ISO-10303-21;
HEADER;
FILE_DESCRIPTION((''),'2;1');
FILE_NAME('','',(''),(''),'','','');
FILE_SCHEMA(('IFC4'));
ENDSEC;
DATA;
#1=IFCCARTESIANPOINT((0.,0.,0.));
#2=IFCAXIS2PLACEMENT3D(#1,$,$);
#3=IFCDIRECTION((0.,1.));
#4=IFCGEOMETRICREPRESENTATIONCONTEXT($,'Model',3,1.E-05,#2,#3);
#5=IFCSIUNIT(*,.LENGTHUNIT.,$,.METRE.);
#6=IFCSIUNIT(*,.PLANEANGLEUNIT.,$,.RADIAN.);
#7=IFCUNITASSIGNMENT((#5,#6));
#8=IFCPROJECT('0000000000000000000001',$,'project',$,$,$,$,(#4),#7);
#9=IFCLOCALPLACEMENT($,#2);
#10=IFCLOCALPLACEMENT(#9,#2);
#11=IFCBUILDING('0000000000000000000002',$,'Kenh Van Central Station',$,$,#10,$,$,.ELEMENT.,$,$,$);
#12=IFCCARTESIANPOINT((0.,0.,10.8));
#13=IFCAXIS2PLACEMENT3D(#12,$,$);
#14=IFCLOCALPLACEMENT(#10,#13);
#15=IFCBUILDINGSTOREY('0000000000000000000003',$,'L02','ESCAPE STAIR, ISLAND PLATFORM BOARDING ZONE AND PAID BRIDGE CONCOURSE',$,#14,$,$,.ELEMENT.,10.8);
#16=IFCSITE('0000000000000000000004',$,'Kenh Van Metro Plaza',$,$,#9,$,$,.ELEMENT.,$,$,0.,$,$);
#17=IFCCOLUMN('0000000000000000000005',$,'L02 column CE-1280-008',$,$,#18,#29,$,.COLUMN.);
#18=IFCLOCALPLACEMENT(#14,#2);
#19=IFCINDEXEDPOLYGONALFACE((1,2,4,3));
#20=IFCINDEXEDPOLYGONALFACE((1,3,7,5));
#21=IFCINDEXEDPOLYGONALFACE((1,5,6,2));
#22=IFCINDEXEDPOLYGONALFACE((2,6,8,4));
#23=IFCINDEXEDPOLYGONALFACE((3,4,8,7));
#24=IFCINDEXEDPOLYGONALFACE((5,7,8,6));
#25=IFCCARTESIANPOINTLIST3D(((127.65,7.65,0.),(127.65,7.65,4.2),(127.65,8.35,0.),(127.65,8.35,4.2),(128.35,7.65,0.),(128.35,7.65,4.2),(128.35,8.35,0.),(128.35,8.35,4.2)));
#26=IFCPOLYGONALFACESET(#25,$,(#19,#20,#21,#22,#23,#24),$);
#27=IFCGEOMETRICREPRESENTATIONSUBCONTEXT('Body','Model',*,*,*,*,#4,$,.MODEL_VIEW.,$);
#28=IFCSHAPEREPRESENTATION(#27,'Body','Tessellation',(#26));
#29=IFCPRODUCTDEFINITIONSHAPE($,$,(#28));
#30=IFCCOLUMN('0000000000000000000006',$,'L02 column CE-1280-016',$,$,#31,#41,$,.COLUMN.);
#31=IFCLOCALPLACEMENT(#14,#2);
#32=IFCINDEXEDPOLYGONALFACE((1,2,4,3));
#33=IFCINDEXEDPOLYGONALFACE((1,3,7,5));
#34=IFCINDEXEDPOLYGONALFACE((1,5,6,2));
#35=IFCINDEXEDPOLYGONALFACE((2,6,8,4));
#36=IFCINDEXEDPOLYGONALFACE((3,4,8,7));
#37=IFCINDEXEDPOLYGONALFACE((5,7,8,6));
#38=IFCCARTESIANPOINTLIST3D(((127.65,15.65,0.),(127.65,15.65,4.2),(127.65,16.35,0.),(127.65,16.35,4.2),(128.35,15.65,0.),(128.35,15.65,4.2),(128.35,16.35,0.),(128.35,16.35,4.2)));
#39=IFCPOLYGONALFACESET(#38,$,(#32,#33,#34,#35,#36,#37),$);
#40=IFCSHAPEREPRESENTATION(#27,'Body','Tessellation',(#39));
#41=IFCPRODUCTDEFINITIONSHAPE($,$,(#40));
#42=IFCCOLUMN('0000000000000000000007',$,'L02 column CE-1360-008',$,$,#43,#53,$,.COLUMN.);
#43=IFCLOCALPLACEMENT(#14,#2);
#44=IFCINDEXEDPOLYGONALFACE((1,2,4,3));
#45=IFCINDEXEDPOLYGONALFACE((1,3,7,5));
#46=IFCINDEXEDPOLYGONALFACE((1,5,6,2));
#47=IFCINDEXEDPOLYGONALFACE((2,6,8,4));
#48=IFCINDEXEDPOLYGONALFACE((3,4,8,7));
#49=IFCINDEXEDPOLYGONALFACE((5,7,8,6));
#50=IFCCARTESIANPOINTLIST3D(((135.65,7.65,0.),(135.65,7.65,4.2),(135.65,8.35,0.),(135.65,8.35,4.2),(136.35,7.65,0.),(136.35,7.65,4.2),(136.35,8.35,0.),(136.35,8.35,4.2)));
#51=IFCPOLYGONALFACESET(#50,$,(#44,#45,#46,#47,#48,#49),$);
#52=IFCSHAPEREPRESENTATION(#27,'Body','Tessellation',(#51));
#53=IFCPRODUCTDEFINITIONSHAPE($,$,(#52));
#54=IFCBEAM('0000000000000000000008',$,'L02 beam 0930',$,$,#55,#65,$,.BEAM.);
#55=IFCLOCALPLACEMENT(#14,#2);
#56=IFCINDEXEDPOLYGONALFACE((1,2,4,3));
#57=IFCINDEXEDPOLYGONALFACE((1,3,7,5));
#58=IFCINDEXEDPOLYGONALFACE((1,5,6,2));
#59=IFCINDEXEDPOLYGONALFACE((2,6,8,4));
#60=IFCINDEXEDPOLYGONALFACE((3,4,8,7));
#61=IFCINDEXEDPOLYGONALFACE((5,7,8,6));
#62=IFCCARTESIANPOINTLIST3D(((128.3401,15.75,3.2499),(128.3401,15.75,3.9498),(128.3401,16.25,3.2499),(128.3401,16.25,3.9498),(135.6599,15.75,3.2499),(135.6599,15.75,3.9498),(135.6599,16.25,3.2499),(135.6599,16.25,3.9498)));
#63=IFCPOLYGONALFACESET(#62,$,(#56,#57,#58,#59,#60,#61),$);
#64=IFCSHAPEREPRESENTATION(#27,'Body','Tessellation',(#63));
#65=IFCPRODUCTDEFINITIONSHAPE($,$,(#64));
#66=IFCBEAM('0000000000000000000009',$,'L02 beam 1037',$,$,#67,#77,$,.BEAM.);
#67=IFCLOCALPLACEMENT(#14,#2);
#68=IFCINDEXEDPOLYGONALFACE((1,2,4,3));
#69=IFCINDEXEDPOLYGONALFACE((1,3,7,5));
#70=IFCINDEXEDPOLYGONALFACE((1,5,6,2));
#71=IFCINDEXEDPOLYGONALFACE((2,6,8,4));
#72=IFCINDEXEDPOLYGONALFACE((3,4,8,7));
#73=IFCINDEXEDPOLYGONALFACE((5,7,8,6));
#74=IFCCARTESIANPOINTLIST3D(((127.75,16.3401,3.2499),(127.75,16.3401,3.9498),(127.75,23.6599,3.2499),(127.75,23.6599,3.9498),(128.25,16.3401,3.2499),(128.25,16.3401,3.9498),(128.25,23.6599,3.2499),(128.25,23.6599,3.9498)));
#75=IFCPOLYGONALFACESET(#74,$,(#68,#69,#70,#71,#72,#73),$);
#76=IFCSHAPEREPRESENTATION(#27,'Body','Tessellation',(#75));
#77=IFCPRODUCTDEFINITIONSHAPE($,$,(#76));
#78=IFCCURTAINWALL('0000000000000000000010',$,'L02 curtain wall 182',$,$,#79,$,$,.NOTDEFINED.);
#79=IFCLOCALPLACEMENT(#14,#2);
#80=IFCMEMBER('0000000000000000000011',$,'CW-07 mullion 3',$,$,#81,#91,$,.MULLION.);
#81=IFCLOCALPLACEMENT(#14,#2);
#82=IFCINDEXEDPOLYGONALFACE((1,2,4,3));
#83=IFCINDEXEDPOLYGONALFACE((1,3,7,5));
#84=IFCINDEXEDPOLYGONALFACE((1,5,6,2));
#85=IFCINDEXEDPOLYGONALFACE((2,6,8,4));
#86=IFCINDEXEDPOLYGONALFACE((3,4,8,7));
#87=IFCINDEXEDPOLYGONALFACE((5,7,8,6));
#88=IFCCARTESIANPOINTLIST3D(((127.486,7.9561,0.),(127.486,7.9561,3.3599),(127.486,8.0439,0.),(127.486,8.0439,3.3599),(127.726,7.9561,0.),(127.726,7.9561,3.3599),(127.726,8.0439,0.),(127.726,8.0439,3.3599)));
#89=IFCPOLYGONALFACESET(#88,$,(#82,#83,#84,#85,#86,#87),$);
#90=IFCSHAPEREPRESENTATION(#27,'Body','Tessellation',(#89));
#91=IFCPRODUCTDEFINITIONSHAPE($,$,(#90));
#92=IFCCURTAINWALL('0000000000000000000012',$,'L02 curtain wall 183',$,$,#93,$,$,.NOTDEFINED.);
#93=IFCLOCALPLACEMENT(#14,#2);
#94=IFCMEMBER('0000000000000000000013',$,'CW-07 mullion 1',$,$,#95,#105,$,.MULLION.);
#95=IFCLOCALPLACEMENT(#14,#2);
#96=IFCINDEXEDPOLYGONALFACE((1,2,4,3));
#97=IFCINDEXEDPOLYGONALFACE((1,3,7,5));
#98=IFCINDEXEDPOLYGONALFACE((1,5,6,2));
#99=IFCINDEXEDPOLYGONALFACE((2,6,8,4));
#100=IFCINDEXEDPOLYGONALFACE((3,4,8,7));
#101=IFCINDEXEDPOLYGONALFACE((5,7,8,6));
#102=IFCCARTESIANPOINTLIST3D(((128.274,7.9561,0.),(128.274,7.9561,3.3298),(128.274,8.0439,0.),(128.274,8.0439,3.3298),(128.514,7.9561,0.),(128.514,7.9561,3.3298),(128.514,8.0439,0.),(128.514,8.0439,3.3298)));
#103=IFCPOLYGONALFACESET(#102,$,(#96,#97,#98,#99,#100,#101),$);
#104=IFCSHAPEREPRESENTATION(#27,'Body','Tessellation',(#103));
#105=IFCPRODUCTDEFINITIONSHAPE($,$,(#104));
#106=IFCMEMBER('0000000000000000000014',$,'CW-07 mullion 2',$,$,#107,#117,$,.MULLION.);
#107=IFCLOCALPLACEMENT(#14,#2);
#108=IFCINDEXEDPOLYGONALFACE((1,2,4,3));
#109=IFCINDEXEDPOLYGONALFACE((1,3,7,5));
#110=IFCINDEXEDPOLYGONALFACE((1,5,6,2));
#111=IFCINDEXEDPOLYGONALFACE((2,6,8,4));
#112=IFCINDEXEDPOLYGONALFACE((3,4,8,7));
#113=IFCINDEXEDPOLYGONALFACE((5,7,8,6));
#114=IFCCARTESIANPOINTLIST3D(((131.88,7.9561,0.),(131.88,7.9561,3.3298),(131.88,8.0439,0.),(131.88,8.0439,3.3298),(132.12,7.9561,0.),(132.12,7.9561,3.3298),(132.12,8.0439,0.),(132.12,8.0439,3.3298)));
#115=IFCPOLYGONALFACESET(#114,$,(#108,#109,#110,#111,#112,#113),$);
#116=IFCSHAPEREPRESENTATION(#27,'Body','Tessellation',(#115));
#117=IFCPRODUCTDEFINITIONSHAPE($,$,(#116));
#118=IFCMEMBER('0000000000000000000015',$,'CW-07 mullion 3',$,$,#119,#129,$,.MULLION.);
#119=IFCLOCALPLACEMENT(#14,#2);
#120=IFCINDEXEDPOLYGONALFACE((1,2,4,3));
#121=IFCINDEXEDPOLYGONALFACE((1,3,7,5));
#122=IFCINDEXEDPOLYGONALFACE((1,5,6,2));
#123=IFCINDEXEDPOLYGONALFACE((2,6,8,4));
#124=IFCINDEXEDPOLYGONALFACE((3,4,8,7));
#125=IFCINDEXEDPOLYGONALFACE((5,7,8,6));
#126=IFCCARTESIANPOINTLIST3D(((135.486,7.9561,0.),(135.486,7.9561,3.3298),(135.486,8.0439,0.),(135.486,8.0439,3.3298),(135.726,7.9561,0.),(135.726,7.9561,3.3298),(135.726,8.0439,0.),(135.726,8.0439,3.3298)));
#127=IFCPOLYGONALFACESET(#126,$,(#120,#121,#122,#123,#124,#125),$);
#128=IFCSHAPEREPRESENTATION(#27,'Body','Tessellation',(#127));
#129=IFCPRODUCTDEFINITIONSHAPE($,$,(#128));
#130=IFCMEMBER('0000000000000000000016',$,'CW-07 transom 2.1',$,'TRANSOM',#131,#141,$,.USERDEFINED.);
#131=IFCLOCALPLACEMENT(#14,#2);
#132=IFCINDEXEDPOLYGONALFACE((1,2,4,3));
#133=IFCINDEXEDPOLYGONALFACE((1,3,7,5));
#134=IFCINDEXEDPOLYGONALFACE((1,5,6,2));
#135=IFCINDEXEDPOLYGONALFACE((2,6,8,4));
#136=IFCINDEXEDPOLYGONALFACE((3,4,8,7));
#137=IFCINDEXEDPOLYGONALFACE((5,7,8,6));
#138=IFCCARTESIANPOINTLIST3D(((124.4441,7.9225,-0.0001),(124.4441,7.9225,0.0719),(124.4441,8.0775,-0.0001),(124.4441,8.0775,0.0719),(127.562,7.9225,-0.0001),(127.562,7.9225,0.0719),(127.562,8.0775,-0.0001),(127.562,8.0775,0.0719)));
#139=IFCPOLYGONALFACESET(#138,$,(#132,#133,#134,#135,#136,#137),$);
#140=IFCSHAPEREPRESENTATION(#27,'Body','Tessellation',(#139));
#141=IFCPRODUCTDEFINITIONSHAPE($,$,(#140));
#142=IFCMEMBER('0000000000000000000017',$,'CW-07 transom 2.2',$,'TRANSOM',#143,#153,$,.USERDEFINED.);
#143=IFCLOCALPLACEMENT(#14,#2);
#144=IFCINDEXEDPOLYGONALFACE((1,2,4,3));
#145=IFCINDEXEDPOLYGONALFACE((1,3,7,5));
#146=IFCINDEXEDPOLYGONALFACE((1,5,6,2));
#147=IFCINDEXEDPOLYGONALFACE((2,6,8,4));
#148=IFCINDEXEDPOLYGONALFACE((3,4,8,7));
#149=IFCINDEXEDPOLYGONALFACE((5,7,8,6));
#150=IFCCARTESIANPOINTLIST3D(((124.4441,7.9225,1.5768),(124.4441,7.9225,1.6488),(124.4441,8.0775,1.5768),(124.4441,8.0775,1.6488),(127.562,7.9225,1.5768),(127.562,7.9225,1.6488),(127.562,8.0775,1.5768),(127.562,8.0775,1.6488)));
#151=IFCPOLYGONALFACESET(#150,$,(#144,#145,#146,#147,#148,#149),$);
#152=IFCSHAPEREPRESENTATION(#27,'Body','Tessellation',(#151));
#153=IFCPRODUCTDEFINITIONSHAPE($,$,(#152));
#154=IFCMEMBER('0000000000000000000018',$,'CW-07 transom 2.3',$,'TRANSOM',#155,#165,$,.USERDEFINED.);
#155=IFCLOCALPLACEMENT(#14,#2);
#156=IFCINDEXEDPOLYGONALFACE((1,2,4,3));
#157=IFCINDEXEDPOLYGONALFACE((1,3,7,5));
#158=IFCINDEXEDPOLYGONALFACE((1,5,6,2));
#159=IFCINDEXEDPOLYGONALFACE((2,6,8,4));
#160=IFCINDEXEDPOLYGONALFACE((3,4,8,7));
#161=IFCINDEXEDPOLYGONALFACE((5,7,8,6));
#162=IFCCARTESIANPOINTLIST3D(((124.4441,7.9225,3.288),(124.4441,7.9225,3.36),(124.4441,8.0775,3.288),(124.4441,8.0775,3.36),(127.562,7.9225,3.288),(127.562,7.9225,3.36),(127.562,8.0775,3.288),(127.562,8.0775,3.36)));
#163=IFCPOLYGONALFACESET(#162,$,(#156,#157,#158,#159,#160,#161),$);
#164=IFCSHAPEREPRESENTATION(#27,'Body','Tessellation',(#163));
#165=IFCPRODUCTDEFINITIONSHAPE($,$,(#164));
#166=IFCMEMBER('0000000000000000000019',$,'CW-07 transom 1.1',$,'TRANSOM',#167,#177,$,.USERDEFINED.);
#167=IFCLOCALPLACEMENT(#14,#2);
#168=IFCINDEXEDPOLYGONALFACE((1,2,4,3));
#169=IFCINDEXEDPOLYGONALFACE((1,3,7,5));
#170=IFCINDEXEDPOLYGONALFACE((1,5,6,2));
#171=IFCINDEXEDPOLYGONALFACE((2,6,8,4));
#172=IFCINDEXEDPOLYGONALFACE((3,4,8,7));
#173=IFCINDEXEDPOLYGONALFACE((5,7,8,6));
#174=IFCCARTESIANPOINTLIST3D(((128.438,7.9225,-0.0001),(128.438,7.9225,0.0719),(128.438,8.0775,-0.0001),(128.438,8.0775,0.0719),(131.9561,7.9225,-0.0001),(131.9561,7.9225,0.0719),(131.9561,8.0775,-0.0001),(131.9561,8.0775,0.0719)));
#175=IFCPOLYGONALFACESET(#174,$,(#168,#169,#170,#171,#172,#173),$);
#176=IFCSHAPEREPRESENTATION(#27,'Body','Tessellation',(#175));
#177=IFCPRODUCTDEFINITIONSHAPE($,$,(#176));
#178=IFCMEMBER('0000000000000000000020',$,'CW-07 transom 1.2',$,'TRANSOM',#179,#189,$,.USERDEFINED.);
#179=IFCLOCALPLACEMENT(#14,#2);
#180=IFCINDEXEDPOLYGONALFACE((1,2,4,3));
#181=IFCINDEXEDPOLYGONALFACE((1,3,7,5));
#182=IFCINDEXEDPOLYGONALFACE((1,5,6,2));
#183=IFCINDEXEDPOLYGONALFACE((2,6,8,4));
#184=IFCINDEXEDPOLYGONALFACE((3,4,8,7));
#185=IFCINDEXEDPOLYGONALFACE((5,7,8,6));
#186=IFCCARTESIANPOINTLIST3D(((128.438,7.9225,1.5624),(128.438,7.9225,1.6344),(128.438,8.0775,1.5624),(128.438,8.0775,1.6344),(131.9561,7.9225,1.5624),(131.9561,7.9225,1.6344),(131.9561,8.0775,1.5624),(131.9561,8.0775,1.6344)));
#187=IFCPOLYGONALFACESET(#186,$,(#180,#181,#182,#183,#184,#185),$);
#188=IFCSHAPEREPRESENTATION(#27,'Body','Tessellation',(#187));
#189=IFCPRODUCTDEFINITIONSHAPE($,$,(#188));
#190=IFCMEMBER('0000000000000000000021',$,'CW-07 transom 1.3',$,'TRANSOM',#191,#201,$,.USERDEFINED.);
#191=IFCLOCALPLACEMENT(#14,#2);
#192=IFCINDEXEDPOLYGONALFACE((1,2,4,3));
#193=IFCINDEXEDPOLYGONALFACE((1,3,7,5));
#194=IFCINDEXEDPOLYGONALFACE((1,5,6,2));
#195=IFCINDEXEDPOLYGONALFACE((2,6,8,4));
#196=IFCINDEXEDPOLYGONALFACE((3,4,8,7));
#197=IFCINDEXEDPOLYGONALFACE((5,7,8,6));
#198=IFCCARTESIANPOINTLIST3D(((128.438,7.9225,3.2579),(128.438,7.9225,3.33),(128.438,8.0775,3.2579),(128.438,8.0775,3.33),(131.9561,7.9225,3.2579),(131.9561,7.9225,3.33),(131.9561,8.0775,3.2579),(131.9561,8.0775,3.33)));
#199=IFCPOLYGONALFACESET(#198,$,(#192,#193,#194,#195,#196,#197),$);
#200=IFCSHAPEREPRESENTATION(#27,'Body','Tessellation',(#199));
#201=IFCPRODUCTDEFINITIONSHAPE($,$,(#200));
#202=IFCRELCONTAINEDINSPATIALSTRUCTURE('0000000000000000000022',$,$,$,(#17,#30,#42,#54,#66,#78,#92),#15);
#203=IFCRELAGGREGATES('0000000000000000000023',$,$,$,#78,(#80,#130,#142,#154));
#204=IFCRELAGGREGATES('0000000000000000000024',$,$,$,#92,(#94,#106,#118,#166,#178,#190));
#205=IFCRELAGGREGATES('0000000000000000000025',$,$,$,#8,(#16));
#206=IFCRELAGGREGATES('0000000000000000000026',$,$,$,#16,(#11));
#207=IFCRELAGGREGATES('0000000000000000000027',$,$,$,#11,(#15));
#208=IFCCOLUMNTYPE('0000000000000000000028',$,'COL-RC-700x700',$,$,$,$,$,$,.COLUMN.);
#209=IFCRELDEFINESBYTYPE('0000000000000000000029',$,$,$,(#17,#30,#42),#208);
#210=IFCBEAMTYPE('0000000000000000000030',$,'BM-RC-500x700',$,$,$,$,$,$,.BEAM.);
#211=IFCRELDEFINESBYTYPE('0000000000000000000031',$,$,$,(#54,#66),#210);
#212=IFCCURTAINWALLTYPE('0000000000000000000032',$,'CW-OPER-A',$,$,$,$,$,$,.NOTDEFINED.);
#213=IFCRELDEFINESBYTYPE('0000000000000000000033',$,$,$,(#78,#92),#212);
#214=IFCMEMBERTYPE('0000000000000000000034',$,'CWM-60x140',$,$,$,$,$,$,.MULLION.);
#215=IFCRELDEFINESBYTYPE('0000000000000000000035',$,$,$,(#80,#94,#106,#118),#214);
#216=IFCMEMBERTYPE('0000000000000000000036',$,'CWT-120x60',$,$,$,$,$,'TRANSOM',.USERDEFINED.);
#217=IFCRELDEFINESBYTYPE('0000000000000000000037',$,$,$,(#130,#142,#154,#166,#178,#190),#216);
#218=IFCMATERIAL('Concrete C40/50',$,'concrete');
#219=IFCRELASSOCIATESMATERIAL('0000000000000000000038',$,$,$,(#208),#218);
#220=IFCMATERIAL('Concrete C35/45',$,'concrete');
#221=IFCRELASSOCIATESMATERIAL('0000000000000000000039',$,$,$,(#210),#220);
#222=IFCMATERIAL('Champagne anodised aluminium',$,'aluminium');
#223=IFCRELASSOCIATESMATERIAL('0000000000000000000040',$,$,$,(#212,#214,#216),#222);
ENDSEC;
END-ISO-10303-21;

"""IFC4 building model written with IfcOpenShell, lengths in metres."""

from ifc_helpers import new_model, si_unit, direction, frame, origin, origin_2d, place, context, subcontext, project, spatial, rectangle, extrude, material, material_profile, profile_set, type_object, element, aggregate, save


model = new_model("IFC4")

# Units and contexts
model_context = context("Model", 3, precision=1e-05, world=origin(), true_north=direction((0.0, 1.0)))
body_context = subcontext(model_context, "Body", "Model", "MODEL_VIEW")
ifc_project = project(units=[si_unit("LENGTHUNIT", "METRE"), si_unit("PLANEANGLEUNIT", "RADIAN")], contexts=[model_context])

# Site, building, storey
site_placement = place(None, origin())
site = spatial("IfcSite", under=ifc_project, at=site_placement, Name="Kenh Van Metro Plaza", CompositionType="ELEMENT", RefElevation=0.0)
building_placement = place(site_placement, origin())
building = spatial("IfcBuilding", under=site, at=building_placement, Name="Kenh Van Central Station", CompositionType="ELEMENT")
storey_placement = place(building_placement, frame((0.0, 0.0, 10.8)))
storey = spatial("IfcBuildingStorey", under=building, at=storey_placement, Name="L02", Description="ESCAPE STAIR, ISLAND PLATFORM BOARDING ZONE AND PAID BRIDGE CONCOURSE", CompositionType="ELEMENT", Elevation=10.8)

# Columns
ifc_material_1 = material(Name="Concrete C40/50", Category="concrete")
ifc_material_profile_1 = material_profile(ifc_material_1, rectangle(XDim=0.7, YDim=0.7, at=origin_2d()), Name="RC 700x700")
ifc_profile_set_1 = profile_set([ifc_material_profile_1], Name="Concrete C40/50")
column_type = type_object("IfcColumnType", Name="COL-RC-700x700", PredefinedType="COLUMN", material=ifc_profile_set_1)
for number, where, z_axis, x_axis, name in (
    (1, (128.0, 8.0, 0.0), (0.0, 0.0, 1.0), (1.0, 0.0, 0.0), "L02 column CE-1280-008"),
    (2, (128.0, 16.0, 0.0), (0.0, 0.0, 1.0), (1.0, 0.0, 0.0), "L02 column CE-1280-016"),
    (3, (136.0, 8.0, 0.0), (0.0, 0.0, 1.0), (1.0, 0.0, 0.0), "L02 column CE-1360-008"),
):
    element("IfcColumn", number, at=place(storey_placement, frame(where, z_axis=z_axis, x_axis=x_axis)), inside=storey, type_object=column_type, Name=name, PredefinedType="COLUMN", context=body_context, shape_type="SweptSolid", body=[
        extrude(rectangle(XDim=0.7, YDim=0.7, at=origin_2d()), origin(), (0.0, 0.0, 1.0), 4.2),
    ])

# Beams
ifc_material_2 = material(Name="Concrete C35/45", Category="concrete")
ifc_material_profile_2 = material_profile(ifc_material_2, rectangle(XDim=0.5, YDim=0.7, at=origin_2d()), Name="RC 500x700")
ifc_profile_set_2 = profile_set([ifc_material_profile_2], Name="Concrete C35/45")
beam_type_1 = type_object("IfcBeamType", Name="BM-RC-500x700", PredefinedType="BEAM", material=ifc_profile_set_2)
for number, where, z_axis, x_axis, name in (
    (4, (128.3401, 16.0, 3.5999), (1.0, 0.0, 0.0), (0.0, 1.0, 0.0), "L02 beam 0930"),
    (5, (128.0, 16.3401, 3.5999), (0.0, 1.0, 0.0), (-1.0, 0.0, 0.0), "L02 beam 1037"),
):
    element("IfcBeam", number, at=place(storey_placement, frame(where, z_axis=z_axis, x_axis=x_axis)), inside=storey, type_object=beam_type_1, Name=name, PredefinedType="BEAM", context=body_context, shape_type="SweptSolid", body=[
        extrude(rectangle(XDim=0.5, YDim=0.7, at=origin_2d()), origin(), (0.0, 0.0, 1.0), 7.3198),
    ])

# Curtain wall, member
ifc_material_3 = material(Name="Champagne anodised aluminium", Category="aluminium")
curtain_wall_type = type_object("IfcCurtainWallType", Name="CW-OPER-A", PredefinedType="NOTDEFINED", material=ifc_material_3)
curtain_wall_1_placement = place(storey_placement, origin())
curtain_wall_1 = element("IfcCurtainWall", 6, at=curtain_wall_1_placement, inside=storey, type_object=curtain_wall_type, Name="L02 curtain wall 182", PredefinedType="NOTDEFINED")
ifc_material_profile_3 = material_profile(ifc_material_3, rectangle(XDim=0.0879, YDim=0.24, at=origin_2d()), Name="AL 88x240")
ifc_profile_set_3 = profile_set([ifc_material_profile_3], Name="Champagne anodised aluminium")
member_type_1 = type_object("IfcMemberType", Name="CWM-60x140", PredefinedType="MULLION", material=ifc_profile_set_3)
member_1_placement = place(storey_placement, frame((127.606, 8.0, 0.0), z_axis=(0.0, 0.0, 1.0), x_axis=(0.0, 1.0, 0.0)))
member_1 = element("IfcMember", 7, at=member_1_placement, type_object=member_type_1, Name="CW-07 mullion 3", PredefinedType="MULLION", context=body_context, shape_type="SweptSolid", body=[
    extrude(rectangle(XDim=0.0879, YDim=0.24, at=origin_2d()), origin(), (0.0, 0.0, 1.0), 3.3599),
])

# Curtain wall, members
curtain_wall_2_placement = place(storey_placement, origin())
curtain_wall_2 = element("IfcCurtainWall", 8, at=curtain_wall_2_placement, inside=storey, type_object=curtain_wall_type, Name="L02 curtain wall 183", PredefinedType="NOTDEFINED")
member_2_placement = place(storey_placement, frame((128.394, 8.0, 0.0), z_axis=(0.0, 0.0, 1.0), x_axis=(0.0, 1.0, 0.0)))
member_2 = element("IfcMember", 9, at=member_2_placement, type_object=member_type_1, Name="CW-07 mullion 1", PredefinedType="MULLION", context=body_context, shape_type="SweptSolid", body=[
    extrude(rectangle(XDim=0.0879, YDim=0.24, at=origin_2d()), origin(), (0.0, 0.0, 1.0), 3.3298),
])
member_3_placement = place(storey_placement, frame((132.0, 8.0, 0.0), z_axis=(0.0, 0.0, 1.0), x_axis=(0.0, 1.0, 0.0)))
member_3 = element("IfcMember", 10, at=member_3_placement, type_object=member_type_1, Name="CW-07 mullion 2", PredefinedType="MULLION", context=body_context, shape_type="SweptSolid", body=[
    extrude(rectangle(XDim=0.0879, YDim=0.24, at=origin_2d()), origin(), (0.0, 0.0, 1.0), 3.3298),
])
member_4_placement = place(storey_placement, frame((135.606, 8.0, 0.0), z_axis=(0.0, 0.0, 1.0), x_axis=(0.0, 1.0, 0.0)))
member_4 = element("IfcMember", 11, at=member_4_placement, type_object=member_type_1, Name="CW-07 mullion 3", PredefinedType="MULLION", context=body_context, shape_type="SweptSolid", body=[
    extrude(rectangle(XDim=0.0879, YDim=0.24, at=origin_2d()), origin(), (0.0, 0.0, 1.0), 3.3298),
])

# Members
ifc_material_profile_4 = material_profile(ifc_material_3, rectangle(XDim=0.155, YDim=0.072, at=origin_2d()), Name="AL 155x72")
ifc_profile_set_4 = profile_set([ifc_material_profile_4], Name="Champagne anodised aluminium")
member_type_2 = type_object("IfcMemberType", Name="CWT-120x60", ElementType="TRANSOM", PredefinedType="USERDEFINED", material=ifc_profile_set_4)
member_5_placement = place(storey_placement, frame((124.4441, 8.0, 0.0359), z_axis=(1.0, 0.0, 0.0), x_axis=(0.0, 1.0, 0.0)))
member_5 = element("IfcMember", 12, at=member_5_placement, type_object=member_type_2, Name="CW-07 transom 2.1", ObjectType="TRANSOM", PredefinedType="USERDEFINED", context=body_context, shape_type="SweptSolid", body=[
    extrude(rectangle(XDim=0.155, YDim=0.072, at=origin_2d()), origin(), (0.0, 0.0, 1.0), 3.1179),
])
member_6_placement = place(storey_placement, frame((124.4441, 8.0, 1.6128), z_axis=(1.0, 0.0, 0.0), x_axis=(0.0, 1.0, 0.0)))
member_6 = element("IfcMember", 13, at=member_6_placement, type_object=member_type_2, Name="CW-07 transom 2.2", ObjectType="TRANSOM", PredefinedType="USERDEFINED", context=body_context, shape_type="SweptSolid", body=[
    extrude(rectangle(XDim=0.155, YDim=0.072, at=origin_2d()), origin(), (0.0, 0.0, 1.0), 3.1179),
])
member_7_placement = place(storey_placement, frame((124.4441, 8.0, 3.324), z_axis=(1.0, 0.0, 0.0), x_axis=(0.0, 1.0, 0.0)))
member_7 = element("IfcMember", 14, at=member_7_placement, type_object=member_type_2, Name="CW-07 transom 2.3", ObjectType="TRANSOM", PredefinedType="USERDEFINED", context=body_context, shape_type="SweptSolid", body=[
    extrude(rectangle(XDim=0.155, YDim=0.072, at=origin_2d()), origin(), (0.0, 0.0, 1.0), 3.1179),
])
member_8_placement = place(storey_placement, frame((128.438, 8.0, 0.0359), z_axis=(1.0, 0.0, 0.0), x_axis=(0.0, 1.0, 0.0)))
member_8 = element("IfcMember", 15, at=member_8_placement, type_object=member_type_2, Name="CW-07 transom 1.1", ObjectType="TRANSOM", PredefinedType="USERDEFINED", context=body_context, shape_type="SweptSolid", body=[
    extrude(rectangle(XDim=0.155, YDim=0.072, at=origin_2d()), origin(), (0.0, 0.0, 1.0), 3.5181),
])
member_9_placement = place(storey_placement, frame((128.438, 8.0, 1.5984), z_axis=(1.0, 0.0, 0.0), x_axis=(0.0, 1.0, 0.0)))
member_9 = element("IfcMember", 16, at=member_9_placement, type_object=member_type_2, Name="CW-07 transom 1.2", ObjectType="TRANSOM", PredefinedType="USERDEFINED", context=body_context, shape_type="SweptSolid", body=[
    extrude(rectangle(XDim=0.155, YDim=0.072, at=origin_2d()), origin(), (0.0, 0.0, 1.0), 3.5181),
])
member_10_placement = place(storey_placement, frame((128.438, 8.0, 3.2939), z_axis=(1.0, 0.0, 0.0), x_axis=(0.0, 1.0, 0.0)))
member_10 = element("IfcMember", 17, at=member_10_placement, type_object=member_type_2, Name="CW-07 transom 1.3", ObjectType="TRANSOM", PredefinedType="USERDEFINED", context=body_context, shape_type="SweptSolid", body=[
    extrude(rectangle(XDim=0.155, YDim=0.072, at=origin_2d()), origin(), (0.0, 0.0, 1.0), 3.5181),
])

aggregate(curtain_wall_1, [member_1, member_5, member_6, member_7])
aggregate(curtain_wall_2, [member_2, member_3, member_4, member_8, member_9, member_10])

save(model, "model.ifc")
